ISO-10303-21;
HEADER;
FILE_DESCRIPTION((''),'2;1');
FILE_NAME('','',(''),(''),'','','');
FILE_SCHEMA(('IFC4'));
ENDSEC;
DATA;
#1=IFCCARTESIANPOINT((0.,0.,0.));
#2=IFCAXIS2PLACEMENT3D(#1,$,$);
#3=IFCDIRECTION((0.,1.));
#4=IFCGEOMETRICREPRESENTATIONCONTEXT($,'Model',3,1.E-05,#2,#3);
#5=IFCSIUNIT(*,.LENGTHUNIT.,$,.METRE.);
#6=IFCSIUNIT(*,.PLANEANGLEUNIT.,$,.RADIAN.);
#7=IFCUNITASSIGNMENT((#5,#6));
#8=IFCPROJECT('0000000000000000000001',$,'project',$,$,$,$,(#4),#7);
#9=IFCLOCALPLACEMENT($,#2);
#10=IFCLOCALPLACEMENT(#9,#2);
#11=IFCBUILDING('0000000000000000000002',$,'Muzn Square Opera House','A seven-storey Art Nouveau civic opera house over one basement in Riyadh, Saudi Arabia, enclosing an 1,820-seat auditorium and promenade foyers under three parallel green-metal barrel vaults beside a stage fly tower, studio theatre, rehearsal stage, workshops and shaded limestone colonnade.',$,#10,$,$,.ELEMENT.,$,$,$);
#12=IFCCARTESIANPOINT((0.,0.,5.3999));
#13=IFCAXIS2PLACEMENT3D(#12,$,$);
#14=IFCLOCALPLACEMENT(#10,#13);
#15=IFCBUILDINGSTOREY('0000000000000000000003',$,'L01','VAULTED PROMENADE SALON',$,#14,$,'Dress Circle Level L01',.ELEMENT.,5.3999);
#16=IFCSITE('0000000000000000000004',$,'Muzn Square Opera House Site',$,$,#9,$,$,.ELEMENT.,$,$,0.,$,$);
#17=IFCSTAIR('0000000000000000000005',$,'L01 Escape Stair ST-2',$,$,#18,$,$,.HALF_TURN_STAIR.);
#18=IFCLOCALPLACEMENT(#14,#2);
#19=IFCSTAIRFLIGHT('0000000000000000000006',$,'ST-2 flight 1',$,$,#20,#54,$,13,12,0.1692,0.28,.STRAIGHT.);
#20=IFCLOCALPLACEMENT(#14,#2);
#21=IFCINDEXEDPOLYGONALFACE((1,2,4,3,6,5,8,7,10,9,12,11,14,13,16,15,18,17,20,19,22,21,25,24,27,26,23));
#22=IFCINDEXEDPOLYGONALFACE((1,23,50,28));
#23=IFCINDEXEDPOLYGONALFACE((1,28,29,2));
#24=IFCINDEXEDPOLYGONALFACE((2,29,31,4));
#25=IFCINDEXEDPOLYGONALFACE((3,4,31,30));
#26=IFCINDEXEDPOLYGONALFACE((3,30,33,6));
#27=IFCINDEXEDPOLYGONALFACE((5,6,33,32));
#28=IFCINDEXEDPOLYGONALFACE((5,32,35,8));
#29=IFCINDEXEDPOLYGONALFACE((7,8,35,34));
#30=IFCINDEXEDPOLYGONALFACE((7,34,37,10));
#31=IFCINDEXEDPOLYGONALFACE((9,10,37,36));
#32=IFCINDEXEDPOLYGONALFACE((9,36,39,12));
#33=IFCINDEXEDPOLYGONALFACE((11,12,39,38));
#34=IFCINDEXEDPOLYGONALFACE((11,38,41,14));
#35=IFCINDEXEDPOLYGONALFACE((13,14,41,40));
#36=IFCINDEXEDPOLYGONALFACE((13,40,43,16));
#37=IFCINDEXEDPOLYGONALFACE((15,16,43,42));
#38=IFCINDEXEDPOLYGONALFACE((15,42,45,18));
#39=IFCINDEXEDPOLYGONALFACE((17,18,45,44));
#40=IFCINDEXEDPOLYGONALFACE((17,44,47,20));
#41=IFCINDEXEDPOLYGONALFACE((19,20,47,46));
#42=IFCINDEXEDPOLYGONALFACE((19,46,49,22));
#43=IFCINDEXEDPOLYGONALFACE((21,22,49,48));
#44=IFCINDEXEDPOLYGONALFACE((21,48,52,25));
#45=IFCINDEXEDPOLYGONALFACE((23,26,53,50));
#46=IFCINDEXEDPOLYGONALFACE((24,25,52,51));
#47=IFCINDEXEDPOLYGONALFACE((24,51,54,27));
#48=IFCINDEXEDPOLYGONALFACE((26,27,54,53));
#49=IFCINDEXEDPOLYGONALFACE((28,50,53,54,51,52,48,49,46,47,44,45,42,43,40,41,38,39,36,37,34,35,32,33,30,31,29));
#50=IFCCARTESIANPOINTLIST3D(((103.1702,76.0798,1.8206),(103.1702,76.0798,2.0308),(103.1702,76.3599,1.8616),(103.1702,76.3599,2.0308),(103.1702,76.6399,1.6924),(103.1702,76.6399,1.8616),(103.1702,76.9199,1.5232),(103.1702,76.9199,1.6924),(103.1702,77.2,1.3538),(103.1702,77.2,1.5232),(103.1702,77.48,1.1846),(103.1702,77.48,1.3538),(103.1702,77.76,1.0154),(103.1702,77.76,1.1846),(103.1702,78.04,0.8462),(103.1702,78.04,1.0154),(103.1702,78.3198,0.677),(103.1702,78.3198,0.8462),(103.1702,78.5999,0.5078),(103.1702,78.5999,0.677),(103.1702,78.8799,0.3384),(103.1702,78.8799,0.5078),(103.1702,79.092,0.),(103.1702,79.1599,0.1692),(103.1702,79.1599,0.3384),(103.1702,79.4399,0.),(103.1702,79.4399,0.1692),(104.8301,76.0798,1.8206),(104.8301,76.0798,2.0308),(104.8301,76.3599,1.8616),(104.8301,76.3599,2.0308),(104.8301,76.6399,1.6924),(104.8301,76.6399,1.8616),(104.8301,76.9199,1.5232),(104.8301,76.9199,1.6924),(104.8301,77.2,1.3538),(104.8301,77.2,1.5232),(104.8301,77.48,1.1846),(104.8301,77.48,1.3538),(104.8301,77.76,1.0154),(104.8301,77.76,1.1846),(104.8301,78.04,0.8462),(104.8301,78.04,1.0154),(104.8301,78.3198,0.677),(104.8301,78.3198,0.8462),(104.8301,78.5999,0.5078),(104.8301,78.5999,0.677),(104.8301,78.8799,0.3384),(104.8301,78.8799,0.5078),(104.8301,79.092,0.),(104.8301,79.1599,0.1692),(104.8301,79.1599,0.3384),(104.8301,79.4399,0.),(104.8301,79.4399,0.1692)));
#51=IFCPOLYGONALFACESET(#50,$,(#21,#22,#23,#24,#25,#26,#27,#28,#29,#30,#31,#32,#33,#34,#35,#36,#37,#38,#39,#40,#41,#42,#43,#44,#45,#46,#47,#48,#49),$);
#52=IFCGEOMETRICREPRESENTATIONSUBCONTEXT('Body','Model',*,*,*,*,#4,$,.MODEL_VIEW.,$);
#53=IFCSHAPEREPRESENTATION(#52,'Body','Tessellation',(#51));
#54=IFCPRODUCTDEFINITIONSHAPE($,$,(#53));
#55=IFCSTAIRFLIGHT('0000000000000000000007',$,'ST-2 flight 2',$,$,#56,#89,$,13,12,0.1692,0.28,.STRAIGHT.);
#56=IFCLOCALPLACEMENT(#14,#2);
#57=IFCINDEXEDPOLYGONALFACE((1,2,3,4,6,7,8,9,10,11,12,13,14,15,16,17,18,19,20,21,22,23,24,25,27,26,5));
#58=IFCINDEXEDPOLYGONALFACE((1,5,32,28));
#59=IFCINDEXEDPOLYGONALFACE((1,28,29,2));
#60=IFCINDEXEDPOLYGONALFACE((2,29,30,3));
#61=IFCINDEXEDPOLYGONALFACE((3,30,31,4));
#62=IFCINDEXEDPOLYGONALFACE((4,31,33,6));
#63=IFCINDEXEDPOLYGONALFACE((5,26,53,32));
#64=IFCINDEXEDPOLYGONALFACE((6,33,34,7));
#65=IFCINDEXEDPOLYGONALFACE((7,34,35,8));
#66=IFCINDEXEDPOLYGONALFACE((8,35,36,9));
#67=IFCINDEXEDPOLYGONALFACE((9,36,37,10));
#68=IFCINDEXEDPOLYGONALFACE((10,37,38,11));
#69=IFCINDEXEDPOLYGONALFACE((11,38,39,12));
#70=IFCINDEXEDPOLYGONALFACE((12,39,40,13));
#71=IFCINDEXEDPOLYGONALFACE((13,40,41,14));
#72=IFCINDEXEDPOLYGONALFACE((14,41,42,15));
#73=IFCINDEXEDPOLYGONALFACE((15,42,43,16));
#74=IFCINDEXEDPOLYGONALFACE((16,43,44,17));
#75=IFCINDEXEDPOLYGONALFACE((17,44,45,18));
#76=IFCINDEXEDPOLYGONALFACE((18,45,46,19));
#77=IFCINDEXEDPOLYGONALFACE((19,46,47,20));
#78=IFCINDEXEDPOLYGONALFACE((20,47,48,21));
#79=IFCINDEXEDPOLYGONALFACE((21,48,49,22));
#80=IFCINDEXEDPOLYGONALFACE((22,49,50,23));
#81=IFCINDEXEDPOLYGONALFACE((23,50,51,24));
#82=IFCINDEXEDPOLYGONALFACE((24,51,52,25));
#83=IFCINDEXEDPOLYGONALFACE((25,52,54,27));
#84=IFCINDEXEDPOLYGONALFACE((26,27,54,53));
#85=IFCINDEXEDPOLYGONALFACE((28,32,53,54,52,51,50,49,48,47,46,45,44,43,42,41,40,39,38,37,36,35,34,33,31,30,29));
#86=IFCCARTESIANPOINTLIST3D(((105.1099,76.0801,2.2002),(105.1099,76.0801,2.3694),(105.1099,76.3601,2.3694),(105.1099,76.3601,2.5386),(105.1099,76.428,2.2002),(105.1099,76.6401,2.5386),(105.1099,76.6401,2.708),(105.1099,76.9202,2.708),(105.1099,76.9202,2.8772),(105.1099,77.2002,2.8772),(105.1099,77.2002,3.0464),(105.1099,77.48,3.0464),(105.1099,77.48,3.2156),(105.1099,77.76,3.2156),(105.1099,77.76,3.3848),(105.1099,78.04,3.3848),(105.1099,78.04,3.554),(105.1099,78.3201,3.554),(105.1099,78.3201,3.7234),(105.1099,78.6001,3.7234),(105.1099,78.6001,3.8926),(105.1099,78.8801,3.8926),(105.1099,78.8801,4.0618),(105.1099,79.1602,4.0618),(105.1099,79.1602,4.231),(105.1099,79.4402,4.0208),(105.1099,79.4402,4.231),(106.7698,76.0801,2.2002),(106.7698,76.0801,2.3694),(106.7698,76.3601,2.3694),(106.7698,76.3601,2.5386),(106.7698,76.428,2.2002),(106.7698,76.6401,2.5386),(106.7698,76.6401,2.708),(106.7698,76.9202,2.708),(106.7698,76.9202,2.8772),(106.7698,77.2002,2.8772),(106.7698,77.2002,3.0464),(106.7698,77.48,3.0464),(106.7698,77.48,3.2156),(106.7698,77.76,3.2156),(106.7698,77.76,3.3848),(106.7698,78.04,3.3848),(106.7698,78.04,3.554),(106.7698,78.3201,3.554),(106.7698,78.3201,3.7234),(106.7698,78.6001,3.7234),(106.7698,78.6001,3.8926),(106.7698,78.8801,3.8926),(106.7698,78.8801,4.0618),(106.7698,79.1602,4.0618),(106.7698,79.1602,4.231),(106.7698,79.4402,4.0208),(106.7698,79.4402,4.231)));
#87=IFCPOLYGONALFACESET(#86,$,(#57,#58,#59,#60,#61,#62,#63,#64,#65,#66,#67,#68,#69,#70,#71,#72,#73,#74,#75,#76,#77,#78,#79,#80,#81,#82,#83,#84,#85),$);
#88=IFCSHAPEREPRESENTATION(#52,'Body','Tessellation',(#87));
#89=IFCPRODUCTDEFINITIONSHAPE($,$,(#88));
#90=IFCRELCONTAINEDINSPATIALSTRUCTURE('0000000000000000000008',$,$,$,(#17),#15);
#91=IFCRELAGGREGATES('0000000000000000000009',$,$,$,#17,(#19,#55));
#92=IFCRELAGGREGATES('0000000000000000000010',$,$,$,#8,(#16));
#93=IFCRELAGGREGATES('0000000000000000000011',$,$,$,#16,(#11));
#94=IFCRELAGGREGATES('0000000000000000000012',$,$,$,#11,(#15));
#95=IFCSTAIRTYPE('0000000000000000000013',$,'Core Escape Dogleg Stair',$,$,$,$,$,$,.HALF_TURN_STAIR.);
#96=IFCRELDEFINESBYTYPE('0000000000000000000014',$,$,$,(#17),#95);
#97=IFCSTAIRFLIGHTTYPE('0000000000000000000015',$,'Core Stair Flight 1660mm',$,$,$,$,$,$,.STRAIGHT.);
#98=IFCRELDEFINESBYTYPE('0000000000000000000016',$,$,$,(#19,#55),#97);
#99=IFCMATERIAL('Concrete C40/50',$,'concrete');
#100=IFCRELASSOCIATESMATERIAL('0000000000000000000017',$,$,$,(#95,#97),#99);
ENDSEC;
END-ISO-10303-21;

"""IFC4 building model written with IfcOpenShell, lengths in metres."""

from ifc_helpers import new_model, si_unit, direction, frame, origin, place, context, subcontext, project, spatial, polyline, outline, extrude, material, type_object, element, aggregate, save


model = new_model("IFC4")

# Units and contexts
model_context = context("Model", 3, precision=1e-05, world=origin(), true_north=direction((0.0, 1.0)))
body_context = subcontext(model_context, "Body", "Model", "MODEL_VIEW")
ifc_project = project(units=[si_unit("LENGTHUNIT", "METRE"), si_unit("PLANEANGLEUNIT", "RADIAN")], contexts=[model_context])

# Site, building, storey
site_placement = place(None, origin())
site = spatial("IfcSite", under=ifc_project, at=site_placement, Name="Muzn Square Opera House Site", CompositionType="ELEMENT", RefElevation=0.0)
building_placement = place(site_placement, origin())
building = spatial("IfcBuilding", under=site, at=building_placement, Name="Muzn Square Opera House", Description="A seven-storey Art Nouveau civic opera house over one basement in Riyadh, Saudi Arabia, enclosing an 1,820-seat auditorium and promenade foyers under three parallel green-metal barrel vaults beside a stage fly tower, studio theatre, rehearsal stage, workshops and shaded limestone colonnade.", CompositionType="ELEMENT")
storey_placement = place(building_placement, frame((0.0, 0.0, 5.3999)))
storey = spatial("IfcBuildingStorey", under=building, at=storey_placement, Name="L01", Description="VAULTED PROMENADE SALON", LongName="Dress Circle Level L01", CompositionType="ELEMENT", Elevation=5.3999)

# Shared definitions
ifc_material_1 = material(Name="Concrete C40/50", Category="concrete")

# Stair, stair flights
stair_type = type_object("IfcStairType", Name="Core Escape Dogleg Stair", PredefinedType="HALF_TURN_STAIR", material=ifc_material_1)
stair_placement = place(storey_placement, origin())
stair = element("IfcStair", 1, at=stair_placement, inside=storey, type_object=stair_type, Name="L01 Escape Stair ST-2", PredefinedType="HALF_TURN_STAIR")
stair_flight_type = type_object("IfcStairFlightType", Name="Core Stair Flight 1660mm", PredefinedType="STRAIGHT", material=ifc_material_1)
stair_flight_1_placement = place(storey_placement, frame((104.0, 79.4399, 0.0), z_axis=(0.0, 0.0, 1.0), x_axis=(0.0, -1.0, 0.0)))
stair_flight_1 = element("IfcStairFlight", 2, at=stair_flight_1_placement, type_object=stair_flight_type, Name="ST-2 flight 1", NumberOfRisers=13, NumberOfTreads=12, PredefinedType="STRAIGHT", RiserHeight=0.1692, TreadLength=0.28, context=body_context, shape_type="SweptSolid", body=[
    extrude(outline(polyline([(0.0, 0.0), (0.0, 0.1692), (0.28, 0.1692), (0.28, 0.3384), (0.5601, 0.3384), (0.5601, 0.5078), (0.8401, 0.5078), (0.8401, 0.677), (1.1201, 0.677), (1.1201, 0.8462), (1.3999, 0.8462), (1.3999, 1.0154), (1.6799, 1.0154), (1.6799, 1.1846), (1.96, 1.1846), (1.96, 1.3538), (2.24, 1.3538), (2.24, 1.5232), (2.52, 1.5232), (2.52, 1.6924), (2.8, 1.6924), (2.8, 1.8616), (3.0801, 1.8616), (3.0801, 2.0308), (3.3601, 2.0308), (3.3601, 2.2), (3.3601, 1.8206), (0.3479, 0.0), (0.0, 0.0)])), frame((0.0, 0.8301, 0.0), z_axis=(0.0, -1.0, 0.0), x_axis=(1.0, 0.0, 0.0)), (0.0, 0.0, 1.0), 1.6599),
])
stair_flight_2_placement = place(storey_placement, frame((105.9399, 76.0801, 2.2002), z_axis=(0.0, 0.0, 1.0), x_axis=(0.0, 1.0, 0.0)))
stair_flight_2 = element("IfcStairFlight", 3, at=stair_flight_2_placement, type_object=stair_flight_type, Name="ST-2 flight 2", NumberOfRisers=13, NumberOfTreads=12, PredefinedType="STRAIGHT", RiserHeight=0.1692, TreadLength=0.28, context=body_context, shape_type="SweptSolid", body=[
    extrude(outline(polyline([(0.0, 0.0), (0.0, 0.1692), (0.28, 0.1692), (0.28, 0.3384), (0.5601, 0.3384), (0.5601, 0.5078), (0.8401, 0.5078), (0.8401, 0.677), (1.1201, 0.677), (1.1201, 0.8462), (1.3999, 0.8462), (1.3999, 1.0154), (1.6799, 1.0154), (1.6799, 1.1846), (1.96, 1.1846), (1.96, 1.3538), (2.24, 1.3538), (2.24, 1.5232), (2.52, 1.5232), (2.52, 1.6924), (2.8, 1.6924), (2.8, 1.8616), (3.0801, 1.8616), (3.0801, 2.0308), (3.3601, 2.0308), (3.3601, 2.2), (3.3601, 1.8206), (0.3479, 0.0), (0.0, 0.0)])), frame((0.0, 0.8301, 0.0), z_axis=(0.0, -1.0, 0.0), x_axis=(1.0, 0.0, 0.0)), (0.0, 0.0, 1.0), 1.6599),
])
aggregate(stair, [stair_flight_1, stair_flight_2])

save(model, "model.ifc")
